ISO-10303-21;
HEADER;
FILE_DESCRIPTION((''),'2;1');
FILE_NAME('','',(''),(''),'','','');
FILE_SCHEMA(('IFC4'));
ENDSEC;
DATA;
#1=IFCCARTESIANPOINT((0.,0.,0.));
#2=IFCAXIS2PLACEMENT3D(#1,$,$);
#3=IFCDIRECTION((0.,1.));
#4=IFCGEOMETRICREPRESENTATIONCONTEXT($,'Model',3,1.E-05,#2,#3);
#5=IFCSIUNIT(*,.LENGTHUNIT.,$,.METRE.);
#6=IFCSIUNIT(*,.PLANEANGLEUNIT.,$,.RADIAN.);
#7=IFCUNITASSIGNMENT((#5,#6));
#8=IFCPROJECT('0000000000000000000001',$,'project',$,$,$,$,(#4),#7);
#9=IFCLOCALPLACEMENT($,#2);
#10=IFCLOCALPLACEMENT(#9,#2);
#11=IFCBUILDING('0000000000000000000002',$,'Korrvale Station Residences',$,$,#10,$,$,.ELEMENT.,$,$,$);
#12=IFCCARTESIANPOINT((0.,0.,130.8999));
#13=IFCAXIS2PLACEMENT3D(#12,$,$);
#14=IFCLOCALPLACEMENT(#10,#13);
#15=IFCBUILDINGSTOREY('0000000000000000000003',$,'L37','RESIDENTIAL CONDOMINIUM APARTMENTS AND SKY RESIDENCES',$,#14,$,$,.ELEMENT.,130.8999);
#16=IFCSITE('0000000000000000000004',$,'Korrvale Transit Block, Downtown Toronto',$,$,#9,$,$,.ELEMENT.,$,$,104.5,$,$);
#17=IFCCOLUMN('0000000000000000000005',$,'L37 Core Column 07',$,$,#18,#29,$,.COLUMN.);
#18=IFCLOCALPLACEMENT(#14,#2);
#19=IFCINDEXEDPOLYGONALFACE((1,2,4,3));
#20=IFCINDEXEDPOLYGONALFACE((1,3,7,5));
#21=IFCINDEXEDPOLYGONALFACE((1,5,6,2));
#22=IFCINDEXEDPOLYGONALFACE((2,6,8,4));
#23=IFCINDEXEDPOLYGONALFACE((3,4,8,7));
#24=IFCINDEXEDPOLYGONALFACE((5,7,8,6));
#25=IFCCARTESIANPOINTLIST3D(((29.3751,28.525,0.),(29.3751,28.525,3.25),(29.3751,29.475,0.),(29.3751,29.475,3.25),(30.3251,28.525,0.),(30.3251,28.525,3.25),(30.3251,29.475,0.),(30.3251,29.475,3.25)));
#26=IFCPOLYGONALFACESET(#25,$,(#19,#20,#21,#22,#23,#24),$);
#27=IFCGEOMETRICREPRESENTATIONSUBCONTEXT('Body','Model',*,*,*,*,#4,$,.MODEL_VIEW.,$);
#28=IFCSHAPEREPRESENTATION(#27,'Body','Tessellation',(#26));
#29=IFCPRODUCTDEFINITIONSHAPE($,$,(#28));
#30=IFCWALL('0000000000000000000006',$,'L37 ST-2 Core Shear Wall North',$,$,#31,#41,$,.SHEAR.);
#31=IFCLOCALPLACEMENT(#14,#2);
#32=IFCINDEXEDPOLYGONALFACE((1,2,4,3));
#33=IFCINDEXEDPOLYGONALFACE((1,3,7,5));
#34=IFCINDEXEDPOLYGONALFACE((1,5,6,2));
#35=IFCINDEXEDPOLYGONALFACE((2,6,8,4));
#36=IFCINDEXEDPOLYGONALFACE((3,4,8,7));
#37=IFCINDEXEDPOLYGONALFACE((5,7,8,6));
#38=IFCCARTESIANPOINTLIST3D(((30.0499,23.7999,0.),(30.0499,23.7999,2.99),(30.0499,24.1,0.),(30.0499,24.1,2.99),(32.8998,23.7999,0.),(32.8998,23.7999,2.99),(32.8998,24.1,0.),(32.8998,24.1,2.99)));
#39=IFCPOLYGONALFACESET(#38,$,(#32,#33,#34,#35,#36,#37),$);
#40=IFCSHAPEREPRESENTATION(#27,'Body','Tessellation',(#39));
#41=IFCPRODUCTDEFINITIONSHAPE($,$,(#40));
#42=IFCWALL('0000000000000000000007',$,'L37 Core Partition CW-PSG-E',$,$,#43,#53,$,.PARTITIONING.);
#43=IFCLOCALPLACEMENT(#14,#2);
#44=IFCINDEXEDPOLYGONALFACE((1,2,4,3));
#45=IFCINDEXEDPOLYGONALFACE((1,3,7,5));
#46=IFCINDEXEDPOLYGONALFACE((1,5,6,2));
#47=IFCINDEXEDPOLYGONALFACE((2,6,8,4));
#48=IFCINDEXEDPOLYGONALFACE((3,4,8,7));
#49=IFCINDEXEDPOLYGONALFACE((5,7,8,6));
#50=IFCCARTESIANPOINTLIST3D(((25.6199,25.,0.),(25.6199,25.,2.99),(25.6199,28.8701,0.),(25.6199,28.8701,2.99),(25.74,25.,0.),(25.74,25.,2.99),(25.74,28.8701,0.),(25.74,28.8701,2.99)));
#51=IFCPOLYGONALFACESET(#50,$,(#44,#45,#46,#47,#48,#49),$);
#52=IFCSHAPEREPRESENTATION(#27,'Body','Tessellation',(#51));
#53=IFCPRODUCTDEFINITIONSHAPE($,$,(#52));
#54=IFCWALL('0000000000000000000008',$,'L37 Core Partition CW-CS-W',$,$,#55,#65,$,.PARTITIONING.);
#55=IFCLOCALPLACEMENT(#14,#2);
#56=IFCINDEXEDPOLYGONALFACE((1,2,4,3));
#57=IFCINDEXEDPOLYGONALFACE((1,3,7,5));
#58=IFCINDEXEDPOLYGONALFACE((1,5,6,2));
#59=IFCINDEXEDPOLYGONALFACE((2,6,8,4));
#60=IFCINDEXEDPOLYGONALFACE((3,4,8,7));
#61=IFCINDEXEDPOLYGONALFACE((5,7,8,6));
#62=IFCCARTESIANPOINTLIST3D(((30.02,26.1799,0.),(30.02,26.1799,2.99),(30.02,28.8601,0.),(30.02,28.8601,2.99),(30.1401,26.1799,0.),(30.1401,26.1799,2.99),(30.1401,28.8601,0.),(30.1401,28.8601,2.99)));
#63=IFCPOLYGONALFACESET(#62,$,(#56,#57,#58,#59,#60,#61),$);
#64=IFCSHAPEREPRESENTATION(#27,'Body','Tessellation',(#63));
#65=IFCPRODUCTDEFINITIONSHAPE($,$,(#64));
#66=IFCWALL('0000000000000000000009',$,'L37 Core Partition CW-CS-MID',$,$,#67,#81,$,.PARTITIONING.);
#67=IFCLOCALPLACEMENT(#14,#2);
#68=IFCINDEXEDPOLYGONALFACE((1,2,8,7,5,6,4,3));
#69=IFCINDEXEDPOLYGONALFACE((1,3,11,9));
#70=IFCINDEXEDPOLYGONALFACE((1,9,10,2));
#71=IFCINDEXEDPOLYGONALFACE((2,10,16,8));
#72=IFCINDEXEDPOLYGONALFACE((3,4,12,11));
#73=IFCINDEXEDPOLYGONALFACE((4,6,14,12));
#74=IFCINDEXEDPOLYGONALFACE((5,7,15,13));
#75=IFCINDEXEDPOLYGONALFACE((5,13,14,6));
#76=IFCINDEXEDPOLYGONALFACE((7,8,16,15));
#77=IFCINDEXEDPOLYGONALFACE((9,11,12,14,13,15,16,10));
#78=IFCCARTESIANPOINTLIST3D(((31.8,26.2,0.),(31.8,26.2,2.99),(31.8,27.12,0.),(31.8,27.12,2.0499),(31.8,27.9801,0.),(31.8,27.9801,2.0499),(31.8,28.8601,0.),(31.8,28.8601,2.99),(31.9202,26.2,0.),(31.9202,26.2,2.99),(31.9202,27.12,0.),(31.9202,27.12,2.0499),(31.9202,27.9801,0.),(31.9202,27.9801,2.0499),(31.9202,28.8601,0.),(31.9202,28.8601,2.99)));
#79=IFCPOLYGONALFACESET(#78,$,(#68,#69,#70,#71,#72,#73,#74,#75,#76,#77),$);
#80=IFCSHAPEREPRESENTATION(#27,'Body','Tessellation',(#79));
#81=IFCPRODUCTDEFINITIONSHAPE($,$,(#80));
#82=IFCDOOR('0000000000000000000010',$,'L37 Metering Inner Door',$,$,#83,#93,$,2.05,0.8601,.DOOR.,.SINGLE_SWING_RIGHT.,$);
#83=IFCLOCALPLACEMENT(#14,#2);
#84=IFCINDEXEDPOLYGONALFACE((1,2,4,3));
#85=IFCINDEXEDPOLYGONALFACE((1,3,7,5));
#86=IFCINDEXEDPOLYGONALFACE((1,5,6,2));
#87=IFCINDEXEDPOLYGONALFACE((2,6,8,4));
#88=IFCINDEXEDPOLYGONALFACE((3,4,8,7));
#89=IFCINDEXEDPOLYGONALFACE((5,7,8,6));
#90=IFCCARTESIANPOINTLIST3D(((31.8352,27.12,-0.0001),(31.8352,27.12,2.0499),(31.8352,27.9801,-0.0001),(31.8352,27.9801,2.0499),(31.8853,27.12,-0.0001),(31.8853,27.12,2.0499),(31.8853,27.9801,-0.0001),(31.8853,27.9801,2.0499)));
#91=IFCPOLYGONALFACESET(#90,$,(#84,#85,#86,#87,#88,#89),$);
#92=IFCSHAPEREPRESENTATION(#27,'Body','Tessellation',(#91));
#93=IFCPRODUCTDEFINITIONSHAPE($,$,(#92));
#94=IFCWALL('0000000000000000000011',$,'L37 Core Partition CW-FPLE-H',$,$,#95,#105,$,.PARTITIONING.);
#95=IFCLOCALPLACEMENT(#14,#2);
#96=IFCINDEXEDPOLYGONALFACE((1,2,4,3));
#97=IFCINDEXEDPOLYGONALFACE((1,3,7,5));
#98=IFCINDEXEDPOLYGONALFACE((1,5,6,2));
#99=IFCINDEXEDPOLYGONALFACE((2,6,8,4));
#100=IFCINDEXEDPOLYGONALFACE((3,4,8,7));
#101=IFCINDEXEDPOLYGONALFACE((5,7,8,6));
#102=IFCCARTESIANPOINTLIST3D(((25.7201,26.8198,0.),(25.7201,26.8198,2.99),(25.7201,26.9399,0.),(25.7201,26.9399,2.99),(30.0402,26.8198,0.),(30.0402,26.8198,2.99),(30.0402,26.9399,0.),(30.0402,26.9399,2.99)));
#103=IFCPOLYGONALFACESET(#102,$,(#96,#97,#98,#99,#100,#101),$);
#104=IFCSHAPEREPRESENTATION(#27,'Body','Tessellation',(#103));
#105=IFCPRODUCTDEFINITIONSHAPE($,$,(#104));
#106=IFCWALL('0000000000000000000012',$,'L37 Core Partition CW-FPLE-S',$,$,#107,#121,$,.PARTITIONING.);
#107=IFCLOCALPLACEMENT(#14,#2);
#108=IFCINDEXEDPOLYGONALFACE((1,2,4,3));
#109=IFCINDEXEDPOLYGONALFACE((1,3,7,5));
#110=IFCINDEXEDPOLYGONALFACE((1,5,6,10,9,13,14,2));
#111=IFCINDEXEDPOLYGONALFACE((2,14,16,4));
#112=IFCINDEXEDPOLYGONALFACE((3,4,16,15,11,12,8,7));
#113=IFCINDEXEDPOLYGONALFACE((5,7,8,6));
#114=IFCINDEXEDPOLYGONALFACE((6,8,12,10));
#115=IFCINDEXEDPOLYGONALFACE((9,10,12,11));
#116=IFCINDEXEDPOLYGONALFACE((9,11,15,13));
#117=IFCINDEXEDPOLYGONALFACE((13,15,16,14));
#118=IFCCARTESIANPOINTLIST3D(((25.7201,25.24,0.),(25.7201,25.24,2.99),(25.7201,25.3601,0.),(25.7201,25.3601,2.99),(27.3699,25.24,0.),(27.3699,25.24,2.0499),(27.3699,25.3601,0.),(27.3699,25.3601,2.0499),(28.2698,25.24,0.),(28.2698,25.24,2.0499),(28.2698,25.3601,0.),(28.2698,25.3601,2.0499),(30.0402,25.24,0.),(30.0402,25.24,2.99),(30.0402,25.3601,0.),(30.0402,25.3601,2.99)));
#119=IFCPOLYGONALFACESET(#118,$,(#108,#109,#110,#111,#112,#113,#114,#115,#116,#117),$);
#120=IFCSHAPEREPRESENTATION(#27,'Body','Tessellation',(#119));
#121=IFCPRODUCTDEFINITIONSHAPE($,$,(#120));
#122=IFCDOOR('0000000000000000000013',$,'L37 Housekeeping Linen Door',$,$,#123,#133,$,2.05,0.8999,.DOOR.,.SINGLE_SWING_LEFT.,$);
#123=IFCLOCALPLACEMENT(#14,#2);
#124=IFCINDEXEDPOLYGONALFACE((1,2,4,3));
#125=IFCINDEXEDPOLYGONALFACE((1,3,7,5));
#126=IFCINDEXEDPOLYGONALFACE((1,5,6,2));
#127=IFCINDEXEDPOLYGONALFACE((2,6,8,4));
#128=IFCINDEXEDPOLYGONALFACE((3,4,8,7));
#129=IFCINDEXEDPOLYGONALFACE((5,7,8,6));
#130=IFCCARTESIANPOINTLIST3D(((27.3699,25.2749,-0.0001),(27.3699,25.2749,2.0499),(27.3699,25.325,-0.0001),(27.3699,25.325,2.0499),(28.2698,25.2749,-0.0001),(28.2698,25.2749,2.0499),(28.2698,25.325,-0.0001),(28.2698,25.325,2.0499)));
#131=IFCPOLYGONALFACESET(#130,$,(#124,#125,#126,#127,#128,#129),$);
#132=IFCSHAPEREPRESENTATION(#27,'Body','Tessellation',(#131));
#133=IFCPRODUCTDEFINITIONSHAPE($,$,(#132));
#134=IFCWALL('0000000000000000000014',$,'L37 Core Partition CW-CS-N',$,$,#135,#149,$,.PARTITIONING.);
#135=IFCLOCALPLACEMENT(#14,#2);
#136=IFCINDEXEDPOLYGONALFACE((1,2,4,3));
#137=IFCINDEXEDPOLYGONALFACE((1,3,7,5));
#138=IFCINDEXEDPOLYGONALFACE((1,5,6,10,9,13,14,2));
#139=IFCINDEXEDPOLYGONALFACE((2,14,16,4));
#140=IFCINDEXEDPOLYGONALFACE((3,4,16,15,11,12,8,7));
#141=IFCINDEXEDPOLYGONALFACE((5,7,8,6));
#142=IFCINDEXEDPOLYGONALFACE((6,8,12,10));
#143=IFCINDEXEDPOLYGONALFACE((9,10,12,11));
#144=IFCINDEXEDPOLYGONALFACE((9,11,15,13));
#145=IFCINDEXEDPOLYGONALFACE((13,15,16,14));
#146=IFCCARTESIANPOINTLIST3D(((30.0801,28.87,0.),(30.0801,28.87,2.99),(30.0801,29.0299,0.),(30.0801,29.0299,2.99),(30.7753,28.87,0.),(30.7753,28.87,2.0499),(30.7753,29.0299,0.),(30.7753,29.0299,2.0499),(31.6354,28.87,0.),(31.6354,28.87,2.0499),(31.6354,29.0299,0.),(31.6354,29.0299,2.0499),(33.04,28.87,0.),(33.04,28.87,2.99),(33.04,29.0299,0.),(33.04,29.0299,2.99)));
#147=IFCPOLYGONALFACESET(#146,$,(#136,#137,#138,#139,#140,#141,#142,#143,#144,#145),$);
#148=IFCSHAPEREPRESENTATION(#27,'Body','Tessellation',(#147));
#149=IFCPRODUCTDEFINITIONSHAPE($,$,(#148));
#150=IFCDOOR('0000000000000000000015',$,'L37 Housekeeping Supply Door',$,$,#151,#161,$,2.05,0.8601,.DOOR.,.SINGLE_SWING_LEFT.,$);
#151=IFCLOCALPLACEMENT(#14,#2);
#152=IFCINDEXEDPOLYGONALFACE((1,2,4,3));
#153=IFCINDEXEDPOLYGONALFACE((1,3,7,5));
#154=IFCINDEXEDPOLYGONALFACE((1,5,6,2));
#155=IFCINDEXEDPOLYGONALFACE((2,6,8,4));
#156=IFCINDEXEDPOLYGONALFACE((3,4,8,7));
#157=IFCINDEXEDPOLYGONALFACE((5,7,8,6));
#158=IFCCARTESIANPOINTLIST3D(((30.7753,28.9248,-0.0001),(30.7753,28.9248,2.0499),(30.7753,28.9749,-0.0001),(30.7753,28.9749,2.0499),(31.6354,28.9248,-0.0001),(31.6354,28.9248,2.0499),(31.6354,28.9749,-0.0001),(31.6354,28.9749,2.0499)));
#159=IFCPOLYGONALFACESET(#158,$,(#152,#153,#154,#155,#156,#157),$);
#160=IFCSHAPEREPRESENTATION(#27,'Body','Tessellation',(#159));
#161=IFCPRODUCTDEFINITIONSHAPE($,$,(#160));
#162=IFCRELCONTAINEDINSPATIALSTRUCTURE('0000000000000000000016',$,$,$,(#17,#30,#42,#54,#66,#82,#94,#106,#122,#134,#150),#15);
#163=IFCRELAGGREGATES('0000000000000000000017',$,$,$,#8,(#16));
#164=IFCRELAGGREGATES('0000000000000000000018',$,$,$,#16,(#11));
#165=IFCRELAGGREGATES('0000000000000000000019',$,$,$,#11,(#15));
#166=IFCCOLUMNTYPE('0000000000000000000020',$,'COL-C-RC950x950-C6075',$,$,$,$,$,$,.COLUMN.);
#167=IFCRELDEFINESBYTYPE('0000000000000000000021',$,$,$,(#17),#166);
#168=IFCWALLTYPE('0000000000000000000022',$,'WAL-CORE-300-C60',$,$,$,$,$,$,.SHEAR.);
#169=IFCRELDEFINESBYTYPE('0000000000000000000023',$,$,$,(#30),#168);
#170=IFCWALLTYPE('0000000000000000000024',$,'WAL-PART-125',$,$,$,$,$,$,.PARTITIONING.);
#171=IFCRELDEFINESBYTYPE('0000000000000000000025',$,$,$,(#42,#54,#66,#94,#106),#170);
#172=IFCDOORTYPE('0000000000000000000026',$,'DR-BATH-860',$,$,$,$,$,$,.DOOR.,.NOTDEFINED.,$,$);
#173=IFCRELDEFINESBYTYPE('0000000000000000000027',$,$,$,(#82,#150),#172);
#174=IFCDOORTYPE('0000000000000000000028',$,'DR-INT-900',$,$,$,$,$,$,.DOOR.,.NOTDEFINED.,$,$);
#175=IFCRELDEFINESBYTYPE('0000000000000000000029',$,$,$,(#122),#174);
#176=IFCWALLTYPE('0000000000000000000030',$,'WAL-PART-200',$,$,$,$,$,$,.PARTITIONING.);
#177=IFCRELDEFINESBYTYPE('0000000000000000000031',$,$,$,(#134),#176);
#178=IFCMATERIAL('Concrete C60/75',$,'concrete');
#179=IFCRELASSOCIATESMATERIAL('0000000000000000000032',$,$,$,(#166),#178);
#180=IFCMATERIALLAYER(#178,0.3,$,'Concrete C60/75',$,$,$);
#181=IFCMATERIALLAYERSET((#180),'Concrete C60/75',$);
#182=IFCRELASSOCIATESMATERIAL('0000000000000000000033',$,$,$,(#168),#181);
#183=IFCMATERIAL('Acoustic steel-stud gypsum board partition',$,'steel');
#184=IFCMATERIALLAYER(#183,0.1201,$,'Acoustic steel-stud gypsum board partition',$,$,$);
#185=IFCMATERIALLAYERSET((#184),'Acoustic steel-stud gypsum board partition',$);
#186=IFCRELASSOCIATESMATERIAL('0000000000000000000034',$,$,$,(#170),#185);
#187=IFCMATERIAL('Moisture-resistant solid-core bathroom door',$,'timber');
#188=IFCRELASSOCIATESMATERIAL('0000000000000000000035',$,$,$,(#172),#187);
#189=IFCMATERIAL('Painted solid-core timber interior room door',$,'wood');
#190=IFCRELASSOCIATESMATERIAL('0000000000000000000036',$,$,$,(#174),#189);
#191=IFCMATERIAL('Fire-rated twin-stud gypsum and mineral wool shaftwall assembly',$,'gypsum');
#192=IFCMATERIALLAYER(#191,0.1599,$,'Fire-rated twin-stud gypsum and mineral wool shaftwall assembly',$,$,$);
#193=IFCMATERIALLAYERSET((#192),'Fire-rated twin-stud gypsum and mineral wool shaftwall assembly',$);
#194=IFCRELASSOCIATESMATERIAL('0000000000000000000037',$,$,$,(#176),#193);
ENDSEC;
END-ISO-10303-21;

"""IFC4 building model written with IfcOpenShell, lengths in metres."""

from ifc_helpers import new_model, si_unit, direction, frame, frame_2d, origin, origin_2d, place, context, subcontext, project, spatial, rectangle, extrude, material, layer, layer_set, material_profile, profile_set, type_object, element, fill, save


model = new_model("IFC4")

# Units and contexts
model_context = context("Model", 3, precision=1e-05, world=origin(), true_north=direction((0.0, 1.0)))
body_context = subcontext(model_context, "Body", "Model", "MODEL_VIEW")
ifc_project = project(units=[si_unit("LENGTHUNIT", "METRE"), si_unit("PLANEANGLEUNIT", "RADIAN")], contexts=[model_context])

# Site, building, storey
site_placement = place(None, origin())
site = spatial("IfcSite", under=ifc_project, at=site_placement, Name="Korrvale Transit Block, Downtown Toronto", CompositionType="ELEMENT", RefElevation=104.5)
building_placement = place(site_placement, origin())
building = spatial("IfcBuilding", under=site, at=building_placement, Name="Korrvale Station Residences", CompositionType="ELEMENT")
storey_placement = place(building_placement, frame((0.0, 0.0, 130.8999)))
storey = spatial("IfcBuildingStorey", under=building, at=storey_placement, Name="L37", Description="RESIDENTIAL CONDOMINIUM APARTMENTS AND SKY RESIDENCES", CompositionType="ELEMENT", Elevation=130.8999)

# Column
ifc_material_1 = material(Name="Concrete C60/75", Category="concrete")
ifc_material_profile = material_profile(ifc_material_1, rectangle(XDim=0.95, YDim=0.95, at=origin_2d()), Name="RC950x950")
ifc_profile_set = profile_set([ifc_material_profile], Name="Concrete C60/75")
column_type = type_object("IfcColumnType", Name="COL-C-RC950x950-C6075", PredefinedType="COLUMN", material=ifc_profile_set)
column_placement = place(storey_placement, frame((29.8501, 29.0, 0.0), z_axis=(0.0, 0.0, 1.0), x_axis=(1.0, 0.0, 0.0)))
element("IfcColumn", 1, at=column_placement, inside=storey, type_object=column_type, Name="L37 Core Column 07", PredefinedType="COLUMN", context=body_context, shape_type="SweptSolid", body=[
    extrude(rectangle(XDim=0.95, YDim=0.95, at=origin_2d()), origin(), (0.0, 0.0, 1.0), 3.25),
])

# Walls
ifc_layer_1 = layer(ifc_material_1, 0.3, Name="Concrete C60/75")
ifc_layer_set_1 = layer_set([ifc_layer_1], Name="Concrete C60/75")
wall_type_1 = type_object("IfcWallType", Name="WAL-CORE-300-C60", PredefinedType="SHEAR", material=ifc_layer_set_1)
wall_1_placement = place(storey_placement, frame((30.05, 23.95, 0.0), z_axis=(0.0, 0.0, 1.0), x_axis=(1.0, 0.0, 0.0)))
element("IfcWall", 2, at=wall_1_placement, inside=storey, type_object=wall_type_1, Name="L37 ST-2 Core Shear Wall North", PredefinedType="SHEAR", context=body_context, shape_type="SweptSolid", body=[
    extrude(rectangle(XDim=2.8499, YDim=0.3, at=frame_2d((1.4248, 0.0))), origin(), (0.0, 0.0, 1.0), 2.99),
])
ifc_material_2 = material(Name="Acoustic steel-stud gypsum board partition", Category="steel")
ifc_layer_2 = layer(ifc_material_2, 0.1201, Name="Acoustic steel-stud gypsum board partition")
ifc_layer_set_2 = layer_set([ifc_layer_2], Name="Acoustic steel-stud gypsum board partition")
wall_type_2 = type_object("IfcWallType", Name="WAL-PART-125", PredefinedType="PARTITIONING", material=ifc_layer_set_2)
wall_2_placement = place(storey_placement, frame((25.6799, 25.0, 0.0), z_axis=(0.0, 0.0, 1.0), x_axis=(0.0, 1.0, 0.0)))
element("IfcWall", 3, at=wall_2_placement, inside=storey, type_object=wall_type_2, Name="L37 Core Partition CW-PSG-E", PredefinedType="PARTITIONING", context=body_context, shape_type="SweptSolid", body=[
    extrude(rectangle(XDim=3.8701, YDim=0.1201, at=frame_2d((1.9351, 0.0))), origin(), (0.0, 0.0, 1.0), 2.99),
])
wall_3_placement = place(storey_placement, frame((30.0801, 26.1799, 0.0), z_axis=(0.0, 0.0, 1.0), x_axis=(0.0, 1.0, 0.0)))
element("IfcWall", 4, at=wall_3_placement, inside=storey, type_object=wall_type_2, Name="L37 Core Partition CW-CS-W", PredefinedType="PARTITIONING", context=body_context, shape_type="SweptSolid", body=[
    extrude(rectangle(XDim=2.6802, YDim=0.1201, at=frame_2d((1.3401, 0.0))), origin(), (0.0, 0.0, 1.0), 2.99),
])

# Wall, opening, door
wall_4_placement = place(storey_placement, frame((31.8601, 26.2, 0.0), z_axis=(0.0, 0.0, 1.0), x_axis=(0.0, 1.0, 0.0)))
wall_4 = element("IfcWall", 5, at=wall_4_placement, inside=storey, type_object=wall_type_2, Name="L37 Core Partition CW-CS-MID", PredefinedType="PARTITIONING", context=body_context, shape_type="SweptSolid", body=[
    extrude(rectangle(XDim=2.6602, YDim=0.1201, at=frame_2d((1.3301, 0.0))), origin(), (0.0, 0.0, 1.0), 2.99),
])
opening_1_placement = place(wall_4_placement, frame((0.9199, 0.0, 0.0)))
opening_1 = element("IfcOpeningElement", 6, at=opening_1_placement, cuts=wall_4, PredefinedType="OPENING", context=body_context, shape_type="SweptSolid", body=[
    extrude(rectangle(XDim=0.8601, YDim=2.05, at=frame_2d((0.4302, 1.0249))), frame((0.0, 0.0701, 0.0), z_axis=(0.0, -1.0, 0.0), x_axis=(1.0, 0.0, 0.0)), (0.0, 0.0, 1.0), 0.1401),
])
ifc_material_3 = material(Name="Moisture-resistant solid-core bathroom door", Category="timber")
door_type_1 = type_object("IfcDoorType", Name="DR-BATH-860", OperationType="NOTDEFINED", PredefinedType="DOOR", material=ifc_material_3)
door_1_placement = place(opening_1_placement, origin())
door_1 = element("IfcDoor", 7, at=door_1_placement, inside=storey, type_object=door_type_1, Name="L37 Metering Inner Door", OperationType="SINGLE_SWING_RIGHT", OverallHeight=2.05, OverallWidth=0.8601, PredefinedType="DOOR", context=body_context, shape_type="SweptSolid", body=[
    extrude(rectangle(XDim=0.8601, YDim=2.05, at=frame_2d((0.4302, 1.0249))), frame((0.0, 0.0249, 0.0), z_axis=(0.0, -1.0, 0.0), x_axis=(1.0, 0.0, 0.0)), (0.0, 0.0, 1.0), 0.05),
])
fill(opening_1, door_1)

# Wall
wall_5_placement = place(storey_placement, frame((25.72, 26.8799, 0.0), z_axis=(0.0, 0.0, 1.0), x_axis=(1.0, 0.0, 0.0)))
element("IfcWall", 8, at=wall_5_placement, inside=storey, type_object=wall_type_2, Name="L37 Core Partition CW-FPLE-H", PredefinedType="PARTITIONING", context=body_context, shape_type="SweptSolid", body=[
    extrude(rectangle(XDim=4.3201, YDim=0.1201, at=frame_2d((2.1602, 0.0))), origin(), (0.0, 0.0, 1.0), 2.99),
])

# Walls, openings, doors
wall_6_placement = place(storey_placement, frame((25.72, 25.3, 0.0), z_axis=(0.0, 0.0, 1.0), x_axis=(1.0, 0.0, 0.0)))
wall_6 = element("IfcWall", 9, at=wall_6_placement, inside=storey, type_object=wall_type_2, Name="L37 Core Partition CW-FPLE-S", PredefinedType="PARTITIONING", context=body_context, shape_type="SweptSolid", body=[
    extrude(rectangle(XDim=4.3201, YDim=0.1201, at=frame_2d((2.1602, 0.0))), origin(), (0.0, 0.0, 1.0), 2.99),
])
opening_2_placement = place(wall_6_placement, frame((1.6499, 0.0, 0.0)))
opening_2 = element("IfcOpeningElement", 10, at=opening_2_placement, cuts=wall_6, PredefinedType="OPENING", context=body_context, shape_type="SweptSolid", body=[
    extrude(rectangle(XDim=0.8999, YDim=2.05, at=frame_2d((0.45, 1.0249))), frame((0.0, 0.0701, 0.0), z_axis=(0.0, -1.0, 0.0), x_axis=(1.0, 0.0, 0.0)), (0.0, 0.0, 1.0), 0.1401),
])
ifc_material_4 = material(Name="Painted solid-core timber interior room door", Category="wood")
door_type_2 = type_object("IfcDoorType", Name="DR-INT-900", OperationType="NOTDEFINED", PredefinedType="DOOR", material=ifc_material_4)
door_2_placement = place(opening_2_placement, origin())
door_2 = element("IfcDoor", 11, at=door_2_placement, inside=storey, type_object=door_type_2, Name="L37 Housekeeping Linen Door", OperationType="SINGLE_SWING_LEFT", OverallHeight=2.05, OverallWidth=0.8999, PredefinedType="DOOR", context=body_context, shape_type="SweptSolid", body=[
    extrude(rectangle(XDim=0.8999, YDim=2.05, at=frame_2d((0.45, 1.0249))), frame((0.0, 0.0249, 0.0), z_axis=(0.0, -1.0, 0.0), x_axis=(1.0, 0.0, 0.0)), (0.0, 0.0, 1.0), 0.05),
])
fill(opening_2, door_2)
ifc_material_5 = material(Name="Fire-rated twin-stud gypsum and mineral wool shaftwall assembly", Category="gypsum")
ifc_layer_3 = layer(ifc_material_5, 0.1599, Name="Fire-rated twin-stud gypsum and mineral wool shaftwall assembly")
ifc_layer_set_3 = layer_set([ifc_layer_3], Name="Fire-rated twin-stud gypsum and mineral wool shaftwall assembly")
wall_type_3 = type_object("IfcWallType", Name="WAL-PART-200", PredefinedType="PARTITIONING", material=ifc_layer_set_3)
wall_7_placement = place(storey_placement, frame((30.0801, 28.95, 0.0), z_axis=(0.0, 0.0, 1.0), x_axis=(1.0, 0.0, 0.0)))
wall_7 = element("IfcWall", 12, at=wall_7_placement, inside=storey, type_object=wall_type_3, Name="L37 Core Partition CW-CS-N", PredefinedType="PARTITIONING", context=body_context, shape_type="SweptSolid", body=[
    extrude(rectangle(XDim=2.96, YDim=0.1599, at=frame_2d((1.48, 0.0))), origin(), (0.0, 0.0, 1.0), 2.99),
])
opening_3_placement = place(wall_7_placement, frame((0.6951, 0.0, 0.0)))
opening_3 = element("IfcOpeningElement", 13, at=opening_3_placement, cuts=wall_7, PredefinedType="OPENING", context=body_context, shape_type="SweptSolid", body=[
    extrude(rectangle(XDim=0.8601, YDim=2.05, at=frame_2d((0.4302, 1.0249))), frame((0.0, 0.0898, 0.0), z_axis=(0.0, -1.0, 0.0), x_axis=(1.0, 0.0, 0.0)), (0.0, 0.0, 1.0), 0.1799),
])
door_3_placement = place(opening_3_placement, origin())
door_3 = element("IfcDoor", 14, at=door_3_placement, inside=storey, type_object=door_type_1, Name="L37 Housekeeping Supply Door", OperationType="SINGLE_SWING_LEFT", OverallHeight=2.05, OverallWidth=0.8601, PredefinedType="DOOR", context=body_context, shape_type="SweptSolid", body=[
    extrude(rectangle(XDim=0.8601, YDim=2.05, at=frame_2d((0.4302, 1.0249))), frame((0.0, 0.0249, 0.0), z_axis=(0.0, -1.0, 0.0), x_axis=(1.0, 0.0, 0.0)), (0.0, 0.0, 1.0), 0.05),
])
fill(opening_3, door_3)

save(model, "model.ifc")
